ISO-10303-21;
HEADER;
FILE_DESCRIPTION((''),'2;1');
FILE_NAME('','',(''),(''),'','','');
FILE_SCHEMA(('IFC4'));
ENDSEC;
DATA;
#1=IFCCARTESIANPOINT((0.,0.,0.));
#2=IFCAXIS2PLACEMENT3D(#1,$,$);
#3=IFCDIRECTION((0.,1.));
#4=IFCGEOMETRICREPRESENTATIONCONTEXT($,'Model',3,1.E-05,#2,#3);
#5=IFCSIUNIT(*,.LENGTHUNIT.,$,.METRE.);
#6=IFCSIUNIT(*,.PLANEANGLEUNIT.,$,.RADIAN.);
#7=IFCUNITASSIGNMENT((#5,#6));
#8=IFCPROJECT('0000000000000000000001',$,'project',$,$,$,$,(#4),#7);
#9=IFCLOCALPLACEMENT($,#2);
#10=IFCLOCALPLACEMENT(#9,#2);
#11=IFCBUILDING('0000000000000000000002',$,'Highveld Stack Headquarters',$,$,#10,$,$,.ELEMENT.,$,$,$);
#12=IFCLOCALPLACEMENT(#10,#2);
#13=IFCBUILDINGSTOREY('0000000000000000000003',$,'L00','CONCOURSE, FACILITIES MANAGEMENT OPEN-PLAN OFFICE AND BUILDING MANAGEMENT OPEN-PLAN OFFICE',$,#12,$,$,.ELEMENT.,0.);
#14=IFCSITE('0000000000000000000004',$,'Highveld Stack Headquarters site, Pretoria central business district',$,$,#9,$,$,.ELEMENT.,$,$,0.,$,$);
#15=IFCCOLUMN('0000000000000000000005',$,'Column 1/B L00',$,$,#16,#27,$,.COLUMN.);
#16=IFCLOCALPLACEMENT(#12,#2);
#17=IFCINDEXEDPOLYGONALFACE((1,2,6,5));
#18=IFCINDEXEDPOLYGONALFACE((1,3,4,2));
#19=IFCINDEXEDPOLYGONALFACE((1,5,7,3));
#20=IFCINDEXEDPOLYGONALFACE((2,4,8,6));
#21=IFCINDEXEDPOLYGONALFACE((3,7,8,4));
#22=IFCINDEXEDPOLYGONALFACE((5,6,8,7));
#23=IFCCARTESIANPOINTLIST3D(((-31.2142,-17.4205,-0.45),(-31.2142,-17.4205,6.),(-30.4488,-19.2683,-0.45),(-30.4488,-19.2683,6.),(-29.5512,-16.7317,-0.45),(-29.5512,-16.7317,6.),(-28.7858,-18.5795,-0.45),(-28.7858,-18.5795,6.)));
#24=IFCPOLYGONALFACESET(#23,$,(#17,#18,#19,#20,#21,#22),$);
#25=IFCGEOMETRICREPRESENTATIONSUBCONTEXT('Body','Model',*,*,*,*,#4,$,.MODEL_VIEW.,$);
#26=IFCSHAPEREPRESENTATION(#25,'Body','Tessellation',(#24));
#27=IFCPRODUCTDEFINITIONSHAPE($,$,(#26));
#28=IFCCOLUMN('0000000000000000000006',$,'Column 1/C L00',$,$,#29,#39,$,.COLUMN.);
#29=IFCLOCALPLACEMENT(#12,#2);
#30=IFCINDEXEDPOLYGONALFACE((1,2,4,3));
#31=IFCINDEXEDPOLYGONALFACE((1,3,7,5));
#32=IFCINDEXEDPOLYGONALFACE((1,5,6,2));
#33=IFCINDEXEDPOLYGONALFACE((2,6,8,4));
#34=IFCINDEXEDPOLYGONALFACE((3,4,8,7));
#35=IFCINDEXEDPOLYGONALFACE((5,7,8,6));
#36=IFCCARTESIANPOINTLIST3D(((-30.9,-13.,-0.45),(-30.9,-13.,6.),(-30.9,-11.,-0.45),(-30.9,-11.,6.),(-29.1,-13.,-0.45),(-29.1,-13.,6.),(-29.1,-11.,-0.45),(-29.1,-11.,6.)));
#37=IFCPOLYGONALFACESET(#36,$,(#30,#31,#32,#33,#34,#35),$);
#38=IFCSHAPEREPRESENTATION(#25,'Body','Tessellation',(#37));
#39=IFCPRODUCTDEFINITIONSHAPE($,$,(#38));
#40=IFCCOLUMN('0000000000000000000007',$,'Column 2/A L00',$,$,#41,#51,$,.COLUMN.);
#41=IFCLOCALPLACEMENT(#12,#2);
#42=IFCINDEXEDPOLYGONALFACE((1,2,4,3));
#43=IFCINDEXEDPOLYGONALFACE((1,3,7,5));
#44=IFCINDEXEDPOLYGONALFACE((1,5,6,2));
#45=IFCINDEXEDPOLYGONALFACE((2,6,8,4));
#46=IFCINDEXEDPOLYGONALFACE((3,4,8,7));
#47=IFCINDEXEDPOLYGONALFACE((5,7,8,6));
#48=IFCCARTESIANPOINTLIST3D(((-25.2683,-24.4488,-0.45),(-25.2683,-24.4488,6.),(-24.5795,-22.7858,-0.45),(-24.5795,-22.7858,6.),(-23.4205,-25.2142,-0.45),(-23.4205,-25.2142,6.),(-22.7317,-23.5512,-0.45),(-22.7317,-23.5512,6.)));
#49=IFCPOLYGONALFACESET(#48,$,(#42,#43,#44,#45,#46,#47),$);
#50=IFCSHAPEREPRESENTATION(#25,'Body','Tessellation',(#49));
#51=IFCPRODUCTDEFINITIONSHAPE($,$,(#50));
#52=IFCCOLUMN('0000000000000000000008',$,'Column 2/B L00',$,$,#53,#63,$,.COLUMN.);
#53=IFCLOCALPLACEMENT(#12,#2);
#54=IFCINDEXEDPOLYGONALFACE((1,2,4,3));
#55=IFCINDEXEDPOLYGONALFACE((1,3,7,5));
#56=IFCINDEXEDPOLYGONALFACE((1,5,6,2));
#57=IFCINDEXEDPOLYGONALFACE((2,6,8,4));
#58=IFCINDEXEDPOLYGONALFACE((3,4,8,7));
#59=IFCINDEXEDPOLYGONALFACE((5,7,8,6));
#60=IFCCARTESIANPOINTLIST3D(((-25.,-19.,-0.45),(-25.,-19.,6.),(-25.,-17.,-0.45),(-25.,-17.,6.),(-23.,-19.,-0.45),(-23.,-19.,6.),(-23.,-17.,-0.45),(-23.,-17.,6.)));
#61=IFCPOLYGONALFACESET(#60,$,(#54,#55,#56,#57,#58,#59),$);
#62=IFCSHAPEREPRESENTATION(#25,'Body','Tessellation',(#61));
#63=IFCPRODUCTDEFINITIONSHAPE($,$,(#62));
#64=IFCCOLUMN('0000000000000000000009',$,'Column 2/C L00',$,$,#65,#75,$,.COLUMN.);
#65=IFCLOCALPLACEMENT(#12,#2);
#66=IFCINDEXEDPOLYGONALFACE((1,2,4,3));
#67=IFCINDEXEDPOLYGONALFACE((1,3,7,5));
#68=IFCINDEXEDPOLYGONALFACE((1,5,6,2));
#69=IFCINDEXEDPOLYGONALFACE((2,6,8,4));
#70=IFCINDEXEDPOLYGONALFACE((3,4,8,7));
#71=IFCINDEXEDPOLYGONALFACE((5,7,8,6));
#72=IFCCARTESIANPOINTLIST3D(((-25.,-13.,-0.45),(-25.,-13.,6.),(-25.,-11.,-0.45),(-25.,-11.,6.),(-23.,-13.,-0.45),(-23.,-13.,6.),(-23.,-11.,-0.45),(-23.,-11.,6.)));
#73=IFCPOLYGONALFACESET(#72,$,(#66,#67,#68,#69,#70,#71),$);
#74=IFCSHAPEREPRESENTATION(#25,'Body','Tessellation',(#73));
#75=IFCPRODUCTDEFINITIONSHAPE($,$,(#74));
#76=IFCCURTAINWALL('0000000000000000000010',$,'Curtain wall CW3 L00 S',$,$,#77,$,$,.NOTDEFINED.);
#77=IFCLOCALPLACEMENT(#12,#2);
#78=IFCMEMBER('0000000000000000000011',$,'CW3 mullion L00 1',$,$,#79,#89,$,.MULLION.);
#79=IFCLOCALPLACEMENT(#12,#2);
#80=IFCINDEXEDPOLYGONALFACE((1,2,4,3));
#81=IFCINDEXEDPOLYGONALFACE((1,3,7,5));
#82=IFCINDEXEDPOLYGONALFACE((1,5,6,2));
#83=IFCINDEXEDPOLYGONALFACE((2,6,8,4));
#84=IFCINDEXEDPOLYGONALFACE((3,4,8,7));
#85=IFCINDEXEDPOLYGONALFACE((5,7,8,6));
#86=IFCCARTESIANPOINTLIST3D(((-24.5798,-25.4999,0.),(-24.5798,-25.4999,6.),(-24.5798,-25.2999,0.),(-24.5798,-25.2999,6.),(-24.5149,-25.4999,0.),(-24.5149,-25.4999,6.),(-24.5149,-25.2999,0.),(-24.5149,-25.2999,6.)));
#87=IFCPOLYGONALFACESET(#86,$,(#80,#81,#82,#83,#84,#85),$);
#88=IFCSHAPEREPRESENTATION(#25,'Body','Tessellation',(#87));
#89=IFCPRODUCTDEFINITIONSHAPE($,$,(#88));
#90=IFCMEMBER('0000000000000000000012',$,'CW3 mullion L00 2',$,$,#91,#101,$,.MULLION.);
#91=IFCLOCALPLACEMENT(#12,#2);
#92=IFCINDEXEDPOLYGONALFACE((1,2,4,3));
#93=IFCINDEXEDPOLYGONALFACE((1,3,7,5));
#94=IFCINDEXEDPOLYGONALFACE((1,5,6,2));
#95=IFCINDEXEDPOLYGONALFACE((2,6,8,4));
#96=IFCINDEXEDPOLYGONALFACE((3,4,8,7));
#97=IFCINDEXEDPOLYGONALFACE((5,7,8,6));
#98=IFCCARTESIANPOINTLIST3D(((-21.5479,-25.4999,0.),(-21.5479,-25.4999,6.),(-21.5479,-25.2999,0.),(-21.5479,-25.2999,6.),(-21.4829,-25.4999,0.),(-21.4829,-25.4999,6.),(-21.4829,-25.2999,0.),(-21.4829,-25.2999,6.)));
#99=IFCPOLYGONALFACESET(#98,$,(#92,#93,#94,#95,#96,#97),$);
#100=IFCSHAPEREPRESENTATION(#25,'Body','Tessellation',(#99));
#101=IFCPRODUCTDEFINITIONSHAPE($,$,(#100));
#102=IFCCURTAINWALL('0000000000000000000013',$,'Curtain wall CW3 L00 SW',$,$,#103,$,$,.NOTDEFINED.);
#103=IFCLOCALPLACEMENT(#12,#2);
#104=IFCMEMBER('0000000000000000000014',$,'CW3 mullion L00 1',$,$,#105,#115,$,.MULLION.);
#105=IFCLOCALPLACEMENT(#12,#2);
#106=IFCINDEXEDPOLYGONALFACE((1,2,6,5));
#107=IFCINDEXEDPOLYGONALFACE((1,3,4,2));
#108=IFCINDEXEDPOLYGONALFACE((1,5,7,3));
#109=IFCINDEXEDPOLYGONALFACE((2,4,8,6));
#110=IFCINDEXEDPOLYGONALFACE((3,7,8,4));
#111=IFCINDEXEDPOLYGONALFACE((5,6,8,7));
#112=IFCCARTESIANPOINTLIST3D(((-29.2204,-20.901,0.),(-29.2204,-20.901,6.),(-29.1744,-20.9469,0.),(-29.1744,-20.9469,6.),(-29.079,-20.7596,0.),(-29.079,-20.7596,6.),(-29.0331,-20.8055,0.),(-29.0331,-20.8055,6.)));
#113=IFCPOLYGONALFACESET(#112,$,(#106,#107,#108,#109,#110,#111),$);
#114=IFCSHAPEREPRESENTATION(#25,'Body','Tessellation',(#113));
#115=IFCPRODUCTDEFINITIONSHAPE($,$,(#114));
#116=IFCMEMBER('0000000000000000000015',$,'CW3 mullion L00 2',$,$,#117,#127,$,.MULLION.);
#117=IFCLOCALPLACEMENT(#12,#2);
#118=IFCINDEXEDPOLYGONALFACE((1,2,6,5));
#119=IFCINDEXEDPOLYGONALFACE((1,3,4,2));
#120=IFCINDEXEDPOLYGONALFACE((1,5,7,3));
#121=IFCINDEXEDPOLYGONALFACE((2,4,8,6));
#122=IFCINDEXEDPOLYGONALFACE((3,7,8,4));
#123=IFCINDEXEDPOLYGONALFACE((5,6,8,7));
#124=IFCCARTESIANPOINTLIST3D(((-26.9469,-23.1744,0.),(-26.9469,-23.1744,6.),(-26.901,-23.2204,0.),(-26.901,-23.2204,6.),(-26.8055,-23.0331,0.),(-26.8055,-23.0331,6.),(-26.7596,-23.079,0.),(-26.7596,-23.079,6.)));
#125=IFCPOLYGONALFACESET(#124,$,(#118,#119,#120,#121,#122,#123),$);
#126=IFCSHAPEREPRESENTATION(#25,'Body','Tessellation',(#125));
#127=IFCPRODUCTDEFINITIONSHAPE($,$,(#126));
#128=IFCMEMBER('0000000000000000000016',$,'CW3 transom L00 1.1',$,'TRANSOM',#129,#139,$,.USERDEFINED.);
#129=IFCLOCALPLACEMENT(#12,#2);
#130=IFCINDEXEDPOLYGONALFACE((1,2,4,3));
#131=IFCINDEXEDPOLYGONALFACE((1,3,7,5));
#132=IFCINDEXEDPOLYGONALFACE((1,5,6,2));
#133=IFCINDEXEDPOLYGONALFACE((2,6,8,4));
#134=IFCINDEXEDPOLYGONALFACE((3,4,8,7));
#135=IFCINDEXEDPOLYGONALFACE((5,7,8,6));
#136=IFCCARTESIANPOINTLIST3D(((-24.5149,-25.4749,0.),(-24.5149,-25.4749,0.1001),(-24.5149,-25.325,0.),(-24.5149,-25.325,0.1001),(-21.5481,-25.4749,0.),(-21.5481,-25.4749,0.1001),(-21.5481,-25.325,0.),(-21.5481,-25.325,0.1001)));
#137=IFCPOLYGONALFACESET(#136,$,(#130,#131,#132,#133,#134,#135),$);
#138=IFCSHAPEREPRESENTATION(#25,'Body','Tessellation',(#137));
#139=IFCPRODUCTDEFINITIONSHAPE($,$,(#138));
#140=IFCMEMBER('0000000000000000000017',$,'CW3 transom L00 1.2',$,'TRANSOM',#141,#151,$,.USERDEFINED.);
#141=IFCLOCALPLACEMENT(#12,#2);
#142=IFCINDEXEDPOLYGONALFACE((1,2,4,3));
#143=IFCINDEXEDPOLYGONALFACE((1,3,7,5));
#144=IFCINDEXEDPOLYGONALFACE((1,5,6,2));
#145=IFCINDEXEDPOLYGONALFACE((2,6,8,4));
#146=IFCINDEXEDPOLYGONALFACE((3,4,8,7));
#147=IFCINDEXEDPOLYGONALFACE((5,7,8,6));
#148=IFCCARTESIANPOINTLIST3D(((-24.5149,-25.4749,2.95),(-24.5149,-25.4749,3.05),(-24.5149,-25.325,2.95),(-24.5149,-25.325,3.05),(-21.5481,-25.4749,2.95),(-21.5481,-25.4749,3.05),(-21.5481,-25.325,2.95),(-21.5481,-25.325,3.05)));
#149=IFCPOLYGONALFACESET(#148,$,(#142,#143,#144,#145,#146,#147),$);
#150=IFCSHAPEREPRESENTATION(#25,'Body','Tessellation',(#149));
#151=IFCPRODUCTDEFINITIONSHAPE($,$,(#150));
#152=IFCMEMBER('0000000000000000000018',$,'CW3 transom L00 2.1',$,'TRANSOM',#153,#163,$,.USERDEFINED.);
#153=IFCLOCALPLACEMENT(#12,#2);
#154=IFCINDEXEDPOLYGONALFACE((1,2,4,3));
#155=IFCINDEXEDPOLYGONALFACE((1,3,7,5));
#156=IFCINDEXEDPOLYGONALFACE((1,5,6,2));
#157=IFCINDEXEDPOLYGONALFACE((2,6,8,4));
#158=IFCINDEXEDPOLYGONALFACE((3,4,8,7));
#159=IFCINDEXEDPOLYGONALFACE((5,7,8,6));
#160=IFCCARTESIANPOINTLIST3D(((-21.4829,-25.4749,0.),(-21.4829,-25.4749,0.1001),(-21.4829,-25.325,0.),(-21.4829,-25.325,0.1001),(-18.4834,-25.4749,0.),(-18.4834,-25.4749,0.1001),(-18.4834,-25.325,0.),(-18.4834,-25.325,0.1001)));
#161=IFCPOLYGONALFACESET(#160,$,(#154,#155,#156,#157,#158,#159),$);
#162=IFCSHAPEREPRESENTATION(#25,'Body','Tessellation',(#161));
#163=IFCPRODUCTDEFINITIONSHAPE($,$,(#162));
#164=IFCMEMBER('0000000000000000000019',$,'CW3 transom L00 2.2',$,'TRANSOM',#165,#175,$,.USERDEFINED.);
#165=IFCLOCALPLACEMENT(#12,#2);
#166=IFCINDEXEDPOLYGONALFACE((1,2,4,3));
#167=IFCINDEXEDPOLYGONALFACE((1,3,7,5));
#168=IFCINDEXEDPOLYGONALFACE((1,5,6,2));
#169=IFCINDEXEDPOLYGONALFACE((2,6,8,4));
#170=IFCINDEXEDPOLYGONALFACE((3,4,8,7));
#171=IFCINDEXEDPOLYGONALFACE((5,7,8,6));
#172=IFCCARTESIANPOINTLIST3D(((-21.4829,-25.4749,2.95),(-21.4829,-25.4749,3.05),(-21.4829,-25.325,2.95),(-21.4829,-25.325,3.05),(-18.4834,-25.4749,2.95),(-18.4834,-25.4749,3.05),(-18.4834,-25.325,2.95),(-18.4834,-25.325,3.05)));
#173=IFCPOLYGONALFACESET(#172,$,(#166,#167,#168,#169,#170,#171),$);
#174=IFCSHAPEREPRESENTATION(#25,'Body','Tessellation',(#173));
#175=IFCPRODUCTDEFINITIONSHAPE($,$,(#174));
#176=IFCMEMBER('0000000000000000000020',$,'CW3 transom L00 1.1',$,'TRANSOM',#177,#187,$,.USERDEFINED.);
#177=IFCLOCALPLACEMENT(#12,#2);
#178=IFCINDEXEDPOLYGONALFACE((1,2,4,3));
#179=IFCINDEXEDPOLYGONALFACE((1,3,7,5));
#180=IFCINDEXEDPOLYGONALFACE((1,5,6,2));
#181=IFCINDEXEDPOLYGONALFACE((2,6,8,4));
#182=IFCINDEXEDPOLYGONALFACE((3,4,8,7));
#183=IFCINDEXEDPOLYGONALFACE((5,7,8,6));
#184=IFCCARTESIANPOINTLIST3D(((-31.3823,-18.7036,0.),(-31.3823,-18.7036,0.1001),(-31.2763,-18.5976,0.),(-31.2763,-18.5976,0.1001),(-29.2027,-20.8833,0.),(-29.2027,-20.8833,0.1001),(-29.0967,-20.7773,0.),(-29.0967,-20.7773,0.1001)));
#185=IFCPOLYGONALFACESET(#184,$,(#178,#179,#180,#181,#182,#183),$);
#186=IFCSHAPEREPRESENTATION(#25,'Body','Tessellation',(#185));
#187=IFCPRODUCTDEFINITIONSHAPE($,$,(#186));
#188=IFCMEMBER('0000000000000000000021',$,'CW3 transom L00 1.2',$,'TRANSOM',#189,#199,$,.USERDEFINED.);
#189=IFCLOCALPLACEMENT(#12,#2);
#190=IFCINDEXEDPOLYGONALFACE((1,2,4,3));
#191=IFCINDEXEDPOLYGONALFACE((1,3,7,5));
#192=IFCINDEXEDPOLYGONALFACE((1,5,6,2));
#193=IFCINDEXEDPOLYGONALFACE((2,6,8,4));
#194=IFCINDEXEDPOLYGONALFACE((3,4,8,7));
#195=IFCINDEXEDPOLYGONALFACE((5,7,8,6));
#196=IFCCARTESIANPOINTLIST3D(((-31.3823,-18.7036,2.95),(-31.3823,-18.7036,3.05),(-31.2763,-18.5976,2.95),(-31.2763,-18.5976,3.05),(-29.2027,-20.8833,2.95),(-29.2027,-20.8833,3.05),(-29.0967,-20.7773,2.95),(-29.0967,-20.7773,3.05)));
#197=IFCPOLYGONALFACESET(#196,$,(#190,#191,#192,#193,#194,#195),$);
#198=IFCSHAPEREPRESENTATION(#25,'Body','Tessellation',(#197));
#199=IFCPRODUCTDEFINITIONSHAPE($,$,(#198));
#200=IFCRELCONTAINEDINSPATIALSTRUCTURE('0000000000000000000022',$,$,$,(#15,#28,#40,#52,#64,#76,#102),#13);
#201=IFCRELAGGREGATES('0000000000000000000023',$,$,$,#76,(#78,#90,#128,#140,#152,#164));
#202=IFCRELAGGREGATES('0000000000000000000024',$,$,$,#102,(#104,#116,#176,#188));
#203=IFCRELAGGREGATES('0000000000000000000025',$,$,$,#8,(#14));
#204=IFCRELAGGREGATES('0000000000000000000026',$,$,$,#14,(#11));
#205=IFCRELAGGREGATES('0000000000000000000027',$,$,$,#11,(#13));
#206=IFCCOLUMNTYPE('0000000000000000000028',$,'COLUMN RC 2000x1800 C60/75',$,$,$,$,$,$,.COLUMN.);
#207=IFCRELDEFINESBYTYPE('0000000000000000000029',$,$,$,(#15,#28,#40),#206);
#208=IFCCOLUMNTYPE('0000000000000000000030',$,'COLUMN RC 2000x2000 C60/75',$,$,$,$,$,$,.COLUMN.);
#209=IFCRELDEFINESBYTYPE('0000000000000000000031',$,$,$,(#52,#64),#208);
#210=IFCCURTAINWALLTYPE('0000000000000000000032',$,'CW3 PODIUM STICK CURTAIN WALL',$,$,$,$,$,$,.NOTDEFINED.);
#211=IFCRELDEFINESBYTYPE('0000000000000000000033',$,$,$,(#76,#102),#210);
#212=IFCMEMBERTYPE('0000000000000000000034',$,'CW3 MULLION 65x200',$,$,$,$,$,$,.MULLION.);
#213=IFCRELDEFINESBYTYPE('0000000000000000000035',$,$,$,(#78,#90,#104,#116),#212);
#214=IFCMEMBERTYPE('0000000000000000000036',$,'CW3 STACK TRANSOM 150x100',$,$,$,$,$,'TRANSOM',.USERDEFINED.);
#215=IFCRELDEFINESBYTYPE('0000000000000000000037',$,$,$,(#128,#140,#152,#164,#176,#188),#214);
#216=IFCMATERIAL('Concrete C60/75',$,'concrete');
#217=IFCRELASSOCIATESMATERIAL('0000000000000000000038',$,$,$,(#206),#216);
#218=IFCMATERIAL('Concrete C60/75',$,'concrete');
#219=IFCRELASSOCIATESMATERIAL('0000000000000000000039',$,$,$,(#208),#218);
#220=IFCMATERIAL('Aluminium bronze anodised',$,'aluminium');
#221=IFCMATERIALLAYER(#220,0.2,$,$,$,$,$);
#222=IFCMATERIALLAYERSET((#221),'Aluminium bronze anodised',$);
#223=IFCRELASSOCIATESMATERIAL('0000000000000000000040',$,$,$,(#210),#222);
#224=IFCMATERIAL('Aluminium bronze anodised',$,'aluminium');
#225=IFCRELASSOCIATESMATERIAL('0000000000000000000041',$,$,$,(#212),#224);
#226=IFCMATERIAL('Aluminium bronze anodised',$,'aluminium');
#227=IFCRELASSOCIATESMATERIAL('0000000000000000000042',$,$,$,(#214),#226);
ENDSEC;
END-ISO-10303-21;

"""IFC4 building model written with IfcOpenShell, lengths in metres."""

from ifc_helpers import new_model, si_unit, direction, frame, origin, origin_2d, place, context, subcontext, project, spatial, rectangle, extrude, material, layer, layer_set, material_profile, profile_set, type_object, element, aggregate, save


model = new_model("IFC4")

# Units and contexts
model_context = context("Model", 3, precision=1e-05, world=origin(), true_north=direction((0.0, 1.0)))
body_context = subcontext(model_context, "Body", "Model", "MODEL_VIEW")
ifc_project = project(units=[si_unit("LENGTHUNIT", "METRE"), si_unit("PLANEANGLEUNIT", "RADIAN")], contexts=[model_context])

# Site, building, storey
site_placement = place(None, origin())
site = spatial("IfcSite", under=ifc_project, at=site_placement, Name="Highveld Stack Headquarters site, Pretoria central business district", CompositionType="ELEMENT", RefElevation=0.0)
building_placement = place(site_placement, origin())
building = spatial("IfcBuilding", under=site, at=building_placement, Name="Highveld Stack Headquarters", CompositionType="ELEMENT")
storey_placement = place(building_placement, origin())
storey = spatial("IfcBuildingStorey", under=building, at=storey_placement, Name="L00", Description="CONCOURSE, FACILITIES MANAGEMENT OPEN-PLAN OFFICE AND BUILDING MANAGEMENT OPEN-PLAN OFFICE", CompositionType="ELEMENT", Elevation=0.0)

# Columns
ifc_material_1 = material(Name="Concrete C60/75", Category="concrete")
ifc_material_profile_1 = material_profile(ifc_material_1, rectangle(XDim=2.0, YDim=1.8, at=origin_2d()), Name="RC 2000x1800")
ifc_profile_set_1 = profile_set([ifc_material_profile_1], Name="Concrete C60/75")
column_type_1 = type_object("IfcColumnType", Name="COLUMN RC 2000x1800 C60/75", PredefinedType="COLUMN", material=ifc_profile_set_1)
for number, where, z_axis, x_axis, name in (
    (1, (-30.0, -18.0, -0.45), (0.0, 0.0, 1.0), (-0.382683, 0.92388, 0.0), "Column 1/B L00"),
    (2, (-30.0, -12.0, -0.45), (0.0, 0.0, 1.0), (0.0, 1.0, 0.0), "Column 1/C L00"),
    (3, (-24.0, -24.0, -0.45), (0.0, 0.0, 1.0), (-0.92388, 0.382683, 0.0), "Column 2/A L00"),
):
    element("IfcColumn", number, at=place(storey_placement, frame(where, z_axis=z_axis, x_axis=x_axis)), inside=storey, type_object=column_type_1, Name=name, PredefinedType="COLUMN", context=body_context, shape_type="SweptSolid", body=[
        extrude(rectangle(XDim=2.0, YDim=1.8, at=origin_2d()), origin(), (0.0, 0.0, 1.0), 6.45),
    ])
ifc_material_2 = material(Name="Concrete C60/75", Category="concrete")
ifc_material_profile_2 = material_profile(ifc_material_2, rectangle(XDim=2.0, YDim=2.0, at=origin_2d()), Name="RC 2000x2000")
ifc_profile_set_2 = profile_set([ifc_material_profile_2], Name="Concrete C60/75")
column_type_2 = type_object("IfcColumnType", Name="COLUMN RC 2000x2000 C60/75", PredefinedType="COLUMN", material=ifc_profile_set_2)
for number, where, z_axis, x_axis, name in (
    (4, (-24.0, -18.0, -0.45), (0.0, 0.0, 1.0), (1.0, 0.0, 0.0), "Column 2/B L00"),
    (5, (-24.0, -12.0, -0.45), (0.0, 0.0, 1.0), (1.0, 0.0, 0.0), "Column 2/C L00"),
):
    element("IfcColumn", number, at=place(storey_placement, frame(where, z_axis=z_axis, x_axis=x_axis)), inside=storey, type_object=column_type_2, Name=name, PredefinedType="COLUMN", context=body_context, shape_type="SweptSolid", body=[
        extrude(rectangle(XDim=2.0, YDim=2.0, at=origin_2d()), origin(), (0.0, 0.0, 1.0), 6.45),
    ])

# Curtain walls, members
ifc_material_3 = material(Name="Aluminium bronze anodised", Category="aluminium")
ifc_layer_1 = layer(ifc_material_3, 0.2)
ifc_layer_set_1 = layer_set([ifc_layer_1], Name="Aluminium bronze anodised")
curtain_wall_type = type_object("IfcCurtainWallType", Name="CW3 PODIUM STICK CURTAIN WALL", PredefinedType="NOTDEFINED", material=ifc_layer_set_1)
curtain_wall_1_placement = place(storey_placement, origin())
curtain_wall_1 = element("IfcCurtainWall", 6, at=curtain_wall_1_placement, inside=storey, type_object=curtain_wall_type, Name="Curtain wall CW3 L00 S", PredefinedType="NOTDEFINED")
ifc_material_4 = material(Name="Aluminium bronze anodised", Category="aluminium")
ifc_material_profile_3 = material_profile(ifc_material_4, rectangle(XDim=0.2, YDim=0.0649, at=origin_2d()), Name="CW3 MULLION 65x200")
ifc_profile_set_3 = profile_set([ifc_material_profile_3], Name="Aluminium bronze anodised")
member_type_1 = type_object("IfcMemberType", Name="CW3 MULLION 65x200", PredefinedType="MULLION", material=ifc_profile_set_3)
member_1_placement = place(storey_placement, frame((-24.5474, -25.3999, 0.0), z_axis=(0.0, 0.0, 1.0), x_axis=(0.0, 1.0, 0.0)))
member_1 = element("IfcMember", 7, at=member_1_placement, type_object=member_type_1, Name="CW3 mullion L00 1", PredefinedType="MULLION", context=body_context, shape_type="SweptSolid", body=[
    extrude(rectangle(XDim=0.2, YDim=0.0649, at=origin_2d()), origin(), (0.0, 0.0, 1.0), 6.0),
])
member_2_placement = place(storey_placement, frame((-21.5154, -25.3999, 0.0), z_axis=(0.0, 0.0, 1.0), x_axis=(0.0, 1.0, 0.0)))
member_2 = element("IfcMember", 8, at=member_2_placement, type_object=member_type_1, Name="CW3 mullion L00 2", PredefinedType="MULLION", context=body_context, shape_type="SweptSolid", body=[
    extrude(rectangle(XDim=0.2, YDim=0.0649, at=origin_2d()), origin(), (0.0, 0.0, 1.0), 6.0),
])
curtain_wall_2_placement = place(storey_placement, origin())
curtain_wall_2 = element("IfcCurtainWall", 9, at=curtain_wall_2_placement, inside=storey, type_object=curtain_wall_type, Name="Curtain wall CW3 L00 SW", PredefinedType="NOTDEFINED")
member_3_placement = place(storey_placement, frame((-29.1267, -20.8533, 0.0), z_axis=(0.0, 0.0, 1.0), x_axis=(0.707107, 0.707107, 0.0)))
member_3 = element("IfcMember", 10, at=member_3_placement, type_object=member_type_1, Name="CW3 mullion L00 1", PredefinedType="MULLION", context=body_context, shape_type="SweptSolid", body=[
    extrude(rectangle(XDim=0.2, YDim=0.0649, at=origin_2d()), origin(), (0.0, 0.0, 1.0), 6.0),
])
member_4_placement = place(storey_placement, frame((-26.8533, -23.1267, 0.0), z_axis=(0.0, 0.0, 1.0), x_axis=(0.707107, 0.707107, 0.0)))
member_4 = element("IfcMember", 11, at=member_4_placement, type_object=member_type_1, Name="CW3 mullion L00 2", PredefinedType="MULLION", context=body_context, shape_type="SweptSolid", body=[
    extrude(rectangle(XDim=0.2, YDim=0.0649, at=origin_2d()), origin(), (0.0, 0.0, 1.0), 6.0),
])

# Members
ifc_material_5 = material(Name="Aluminium bronze anodised", Category="aluminium")
ifc_material_profile_4 = material_profile(ifc_material_5, rectangle(XDim=0.1499, YDim=0.1001, at=origin_2d()), Name="CW3 TRANSOM 150x100")
ifc_profile_set_4 = profile_set([ifc_material_profile_4], Name="Aluminium bronze anodised")
member_type_2 = type_object("IfcMemberType", Name="CW3 STACK TRANSOM 150x100", ElementType="TRANSOM", PredefinedType="USERDEFINED", material=ifc_profile_set_4)
member_5_placement = place(storey_placement, frame((-24.5149, -25.3999, 0.05), z_axis=(1.0, 0.0, 0.0), x_axis=(0.0, 1.0, 0.0)))
member_5 = element("IfcMember", 12, at=member_5_placement, type_object=member_type_2, Name="CW3 transom L00 1.1", ObjectType="TRANSOM", PredefinedType="USERDEFINED", context=body_context, shape_type="SweptSolid", body=[
    extrude(rectangle(XDim=0.1499, YDim=0.1001, at=origin_2d()), origin(), (0.0, 0.0, 1.0), 2.9668),
])
member_6_placement = place(storey_placement, frame((-24.5149, -25.3999, 3.0), z_axis=(1.0, 0.0, 0.0), x_axis=(0.0, 1.0, 0.0)))
member_6 = element("IfcMember", 13, at=member_6_placement, type_object=member_type_2, Name="CW3 transom L00 1.2", ObjectType="TRANSOM", PredefinedType="USERDEFINED", context=body_context, shape_type="SweptSolid", body=[
    extrude(rectangle(XDim=0.1499, YDim=0.1001, at=origin_2d()), origin(), (0.0, 0.0, 1.0), 2.9668),
])
member_7_placement = place(storey_placement, frame((-21.4829, -25.3999, 0.05), z_axis=(1.0, 0.0, 0.0), x_axis=(0.0, 1.0, 0.0)))
member_7 = element("IfcMember", 14, at=member_7_placement, type_object=member_type_2, Name="CW3 transom L00 2.1", ObjectType="TRANSOM", PredefinedType="USERDEFINED", context=body_context, shape_type="SweptSolid", body=[
    extrude(rectangle(XDim=0.1499, YDim=0.1001, at=origin_2d()), origin(), (0.0, 0.0, 1.0), 2.9995),
])
member_8_placement = place(storey_placement, frame((-21.4829, -25.3999, 3.0), z_axis=(1.0, 0.0, 0.0), x_axis=(0.0, 1.0, 0.0)))
member_8 = element("IfcMember", 15, at=member_8_placement, type_object=member_type_2, Name="CW3 transom L00 2.2", ObjectType="TRANSOM", PredefinedType="USERDEFINED", context=body_context, shape_type="SweptSolid", body=[
    extrude(rectangle(XDim=0.1499, YDim=0.1001, at=origin_2d()), origin(), (0.0, 0.0, 1.0), 2.9995),
])
member_9_placement = place(storey_placement, frame((-31.3293, -18.6506, 0.05), z_axis=(0.707107, -0.707107, 0.0), x_axis=(0.707107, 0.707107, 0.0)))
member_9 = element("IfcMember", 16, at=member_9_placement, type_object=member_type_2, Name="CW3 transom L00 1.1", ObjectType="TRANSOM", PredefinedType="USERDEFINED", context=body_context, shape_type="SweptSolid", body=[
    extrude(rectangle(XDim=0.1499, YDim=0.1001, at=origin_2d()), origin(), (0.0, 0.0, 1.0), 3.0825),
])
member_10_placement = place(storey_placement, frame((-31.3293, -18.6506, 3.0), z_axis=(0.707107, -0.707107, 0.0), x_axis=(0.707107, 0.707107, 0.0)))
member_10 = element("IfcMember", 17, at=member_10_placement, type_object=member_type_2, Name="CW3 transom L00 1.2", ObjectType="TRANSOM", PredefinedType="USERDEFINED", context=body_context, shape_type="SweptSolid", body=[
    extrude(rectangle(XDim=0.1499, YDim=0.1001, at=origin_2d()), origin(), (0.0, 0.0, 1.0), 3.0825),
])

aggregate(curtain_wall_1, [member_1, member_2, member_5, member_6, member_7, member_8])
aggregate(curtain_wall_2, [member_3, member_4, member_9, member_10])

save(model, "model.ifc")
